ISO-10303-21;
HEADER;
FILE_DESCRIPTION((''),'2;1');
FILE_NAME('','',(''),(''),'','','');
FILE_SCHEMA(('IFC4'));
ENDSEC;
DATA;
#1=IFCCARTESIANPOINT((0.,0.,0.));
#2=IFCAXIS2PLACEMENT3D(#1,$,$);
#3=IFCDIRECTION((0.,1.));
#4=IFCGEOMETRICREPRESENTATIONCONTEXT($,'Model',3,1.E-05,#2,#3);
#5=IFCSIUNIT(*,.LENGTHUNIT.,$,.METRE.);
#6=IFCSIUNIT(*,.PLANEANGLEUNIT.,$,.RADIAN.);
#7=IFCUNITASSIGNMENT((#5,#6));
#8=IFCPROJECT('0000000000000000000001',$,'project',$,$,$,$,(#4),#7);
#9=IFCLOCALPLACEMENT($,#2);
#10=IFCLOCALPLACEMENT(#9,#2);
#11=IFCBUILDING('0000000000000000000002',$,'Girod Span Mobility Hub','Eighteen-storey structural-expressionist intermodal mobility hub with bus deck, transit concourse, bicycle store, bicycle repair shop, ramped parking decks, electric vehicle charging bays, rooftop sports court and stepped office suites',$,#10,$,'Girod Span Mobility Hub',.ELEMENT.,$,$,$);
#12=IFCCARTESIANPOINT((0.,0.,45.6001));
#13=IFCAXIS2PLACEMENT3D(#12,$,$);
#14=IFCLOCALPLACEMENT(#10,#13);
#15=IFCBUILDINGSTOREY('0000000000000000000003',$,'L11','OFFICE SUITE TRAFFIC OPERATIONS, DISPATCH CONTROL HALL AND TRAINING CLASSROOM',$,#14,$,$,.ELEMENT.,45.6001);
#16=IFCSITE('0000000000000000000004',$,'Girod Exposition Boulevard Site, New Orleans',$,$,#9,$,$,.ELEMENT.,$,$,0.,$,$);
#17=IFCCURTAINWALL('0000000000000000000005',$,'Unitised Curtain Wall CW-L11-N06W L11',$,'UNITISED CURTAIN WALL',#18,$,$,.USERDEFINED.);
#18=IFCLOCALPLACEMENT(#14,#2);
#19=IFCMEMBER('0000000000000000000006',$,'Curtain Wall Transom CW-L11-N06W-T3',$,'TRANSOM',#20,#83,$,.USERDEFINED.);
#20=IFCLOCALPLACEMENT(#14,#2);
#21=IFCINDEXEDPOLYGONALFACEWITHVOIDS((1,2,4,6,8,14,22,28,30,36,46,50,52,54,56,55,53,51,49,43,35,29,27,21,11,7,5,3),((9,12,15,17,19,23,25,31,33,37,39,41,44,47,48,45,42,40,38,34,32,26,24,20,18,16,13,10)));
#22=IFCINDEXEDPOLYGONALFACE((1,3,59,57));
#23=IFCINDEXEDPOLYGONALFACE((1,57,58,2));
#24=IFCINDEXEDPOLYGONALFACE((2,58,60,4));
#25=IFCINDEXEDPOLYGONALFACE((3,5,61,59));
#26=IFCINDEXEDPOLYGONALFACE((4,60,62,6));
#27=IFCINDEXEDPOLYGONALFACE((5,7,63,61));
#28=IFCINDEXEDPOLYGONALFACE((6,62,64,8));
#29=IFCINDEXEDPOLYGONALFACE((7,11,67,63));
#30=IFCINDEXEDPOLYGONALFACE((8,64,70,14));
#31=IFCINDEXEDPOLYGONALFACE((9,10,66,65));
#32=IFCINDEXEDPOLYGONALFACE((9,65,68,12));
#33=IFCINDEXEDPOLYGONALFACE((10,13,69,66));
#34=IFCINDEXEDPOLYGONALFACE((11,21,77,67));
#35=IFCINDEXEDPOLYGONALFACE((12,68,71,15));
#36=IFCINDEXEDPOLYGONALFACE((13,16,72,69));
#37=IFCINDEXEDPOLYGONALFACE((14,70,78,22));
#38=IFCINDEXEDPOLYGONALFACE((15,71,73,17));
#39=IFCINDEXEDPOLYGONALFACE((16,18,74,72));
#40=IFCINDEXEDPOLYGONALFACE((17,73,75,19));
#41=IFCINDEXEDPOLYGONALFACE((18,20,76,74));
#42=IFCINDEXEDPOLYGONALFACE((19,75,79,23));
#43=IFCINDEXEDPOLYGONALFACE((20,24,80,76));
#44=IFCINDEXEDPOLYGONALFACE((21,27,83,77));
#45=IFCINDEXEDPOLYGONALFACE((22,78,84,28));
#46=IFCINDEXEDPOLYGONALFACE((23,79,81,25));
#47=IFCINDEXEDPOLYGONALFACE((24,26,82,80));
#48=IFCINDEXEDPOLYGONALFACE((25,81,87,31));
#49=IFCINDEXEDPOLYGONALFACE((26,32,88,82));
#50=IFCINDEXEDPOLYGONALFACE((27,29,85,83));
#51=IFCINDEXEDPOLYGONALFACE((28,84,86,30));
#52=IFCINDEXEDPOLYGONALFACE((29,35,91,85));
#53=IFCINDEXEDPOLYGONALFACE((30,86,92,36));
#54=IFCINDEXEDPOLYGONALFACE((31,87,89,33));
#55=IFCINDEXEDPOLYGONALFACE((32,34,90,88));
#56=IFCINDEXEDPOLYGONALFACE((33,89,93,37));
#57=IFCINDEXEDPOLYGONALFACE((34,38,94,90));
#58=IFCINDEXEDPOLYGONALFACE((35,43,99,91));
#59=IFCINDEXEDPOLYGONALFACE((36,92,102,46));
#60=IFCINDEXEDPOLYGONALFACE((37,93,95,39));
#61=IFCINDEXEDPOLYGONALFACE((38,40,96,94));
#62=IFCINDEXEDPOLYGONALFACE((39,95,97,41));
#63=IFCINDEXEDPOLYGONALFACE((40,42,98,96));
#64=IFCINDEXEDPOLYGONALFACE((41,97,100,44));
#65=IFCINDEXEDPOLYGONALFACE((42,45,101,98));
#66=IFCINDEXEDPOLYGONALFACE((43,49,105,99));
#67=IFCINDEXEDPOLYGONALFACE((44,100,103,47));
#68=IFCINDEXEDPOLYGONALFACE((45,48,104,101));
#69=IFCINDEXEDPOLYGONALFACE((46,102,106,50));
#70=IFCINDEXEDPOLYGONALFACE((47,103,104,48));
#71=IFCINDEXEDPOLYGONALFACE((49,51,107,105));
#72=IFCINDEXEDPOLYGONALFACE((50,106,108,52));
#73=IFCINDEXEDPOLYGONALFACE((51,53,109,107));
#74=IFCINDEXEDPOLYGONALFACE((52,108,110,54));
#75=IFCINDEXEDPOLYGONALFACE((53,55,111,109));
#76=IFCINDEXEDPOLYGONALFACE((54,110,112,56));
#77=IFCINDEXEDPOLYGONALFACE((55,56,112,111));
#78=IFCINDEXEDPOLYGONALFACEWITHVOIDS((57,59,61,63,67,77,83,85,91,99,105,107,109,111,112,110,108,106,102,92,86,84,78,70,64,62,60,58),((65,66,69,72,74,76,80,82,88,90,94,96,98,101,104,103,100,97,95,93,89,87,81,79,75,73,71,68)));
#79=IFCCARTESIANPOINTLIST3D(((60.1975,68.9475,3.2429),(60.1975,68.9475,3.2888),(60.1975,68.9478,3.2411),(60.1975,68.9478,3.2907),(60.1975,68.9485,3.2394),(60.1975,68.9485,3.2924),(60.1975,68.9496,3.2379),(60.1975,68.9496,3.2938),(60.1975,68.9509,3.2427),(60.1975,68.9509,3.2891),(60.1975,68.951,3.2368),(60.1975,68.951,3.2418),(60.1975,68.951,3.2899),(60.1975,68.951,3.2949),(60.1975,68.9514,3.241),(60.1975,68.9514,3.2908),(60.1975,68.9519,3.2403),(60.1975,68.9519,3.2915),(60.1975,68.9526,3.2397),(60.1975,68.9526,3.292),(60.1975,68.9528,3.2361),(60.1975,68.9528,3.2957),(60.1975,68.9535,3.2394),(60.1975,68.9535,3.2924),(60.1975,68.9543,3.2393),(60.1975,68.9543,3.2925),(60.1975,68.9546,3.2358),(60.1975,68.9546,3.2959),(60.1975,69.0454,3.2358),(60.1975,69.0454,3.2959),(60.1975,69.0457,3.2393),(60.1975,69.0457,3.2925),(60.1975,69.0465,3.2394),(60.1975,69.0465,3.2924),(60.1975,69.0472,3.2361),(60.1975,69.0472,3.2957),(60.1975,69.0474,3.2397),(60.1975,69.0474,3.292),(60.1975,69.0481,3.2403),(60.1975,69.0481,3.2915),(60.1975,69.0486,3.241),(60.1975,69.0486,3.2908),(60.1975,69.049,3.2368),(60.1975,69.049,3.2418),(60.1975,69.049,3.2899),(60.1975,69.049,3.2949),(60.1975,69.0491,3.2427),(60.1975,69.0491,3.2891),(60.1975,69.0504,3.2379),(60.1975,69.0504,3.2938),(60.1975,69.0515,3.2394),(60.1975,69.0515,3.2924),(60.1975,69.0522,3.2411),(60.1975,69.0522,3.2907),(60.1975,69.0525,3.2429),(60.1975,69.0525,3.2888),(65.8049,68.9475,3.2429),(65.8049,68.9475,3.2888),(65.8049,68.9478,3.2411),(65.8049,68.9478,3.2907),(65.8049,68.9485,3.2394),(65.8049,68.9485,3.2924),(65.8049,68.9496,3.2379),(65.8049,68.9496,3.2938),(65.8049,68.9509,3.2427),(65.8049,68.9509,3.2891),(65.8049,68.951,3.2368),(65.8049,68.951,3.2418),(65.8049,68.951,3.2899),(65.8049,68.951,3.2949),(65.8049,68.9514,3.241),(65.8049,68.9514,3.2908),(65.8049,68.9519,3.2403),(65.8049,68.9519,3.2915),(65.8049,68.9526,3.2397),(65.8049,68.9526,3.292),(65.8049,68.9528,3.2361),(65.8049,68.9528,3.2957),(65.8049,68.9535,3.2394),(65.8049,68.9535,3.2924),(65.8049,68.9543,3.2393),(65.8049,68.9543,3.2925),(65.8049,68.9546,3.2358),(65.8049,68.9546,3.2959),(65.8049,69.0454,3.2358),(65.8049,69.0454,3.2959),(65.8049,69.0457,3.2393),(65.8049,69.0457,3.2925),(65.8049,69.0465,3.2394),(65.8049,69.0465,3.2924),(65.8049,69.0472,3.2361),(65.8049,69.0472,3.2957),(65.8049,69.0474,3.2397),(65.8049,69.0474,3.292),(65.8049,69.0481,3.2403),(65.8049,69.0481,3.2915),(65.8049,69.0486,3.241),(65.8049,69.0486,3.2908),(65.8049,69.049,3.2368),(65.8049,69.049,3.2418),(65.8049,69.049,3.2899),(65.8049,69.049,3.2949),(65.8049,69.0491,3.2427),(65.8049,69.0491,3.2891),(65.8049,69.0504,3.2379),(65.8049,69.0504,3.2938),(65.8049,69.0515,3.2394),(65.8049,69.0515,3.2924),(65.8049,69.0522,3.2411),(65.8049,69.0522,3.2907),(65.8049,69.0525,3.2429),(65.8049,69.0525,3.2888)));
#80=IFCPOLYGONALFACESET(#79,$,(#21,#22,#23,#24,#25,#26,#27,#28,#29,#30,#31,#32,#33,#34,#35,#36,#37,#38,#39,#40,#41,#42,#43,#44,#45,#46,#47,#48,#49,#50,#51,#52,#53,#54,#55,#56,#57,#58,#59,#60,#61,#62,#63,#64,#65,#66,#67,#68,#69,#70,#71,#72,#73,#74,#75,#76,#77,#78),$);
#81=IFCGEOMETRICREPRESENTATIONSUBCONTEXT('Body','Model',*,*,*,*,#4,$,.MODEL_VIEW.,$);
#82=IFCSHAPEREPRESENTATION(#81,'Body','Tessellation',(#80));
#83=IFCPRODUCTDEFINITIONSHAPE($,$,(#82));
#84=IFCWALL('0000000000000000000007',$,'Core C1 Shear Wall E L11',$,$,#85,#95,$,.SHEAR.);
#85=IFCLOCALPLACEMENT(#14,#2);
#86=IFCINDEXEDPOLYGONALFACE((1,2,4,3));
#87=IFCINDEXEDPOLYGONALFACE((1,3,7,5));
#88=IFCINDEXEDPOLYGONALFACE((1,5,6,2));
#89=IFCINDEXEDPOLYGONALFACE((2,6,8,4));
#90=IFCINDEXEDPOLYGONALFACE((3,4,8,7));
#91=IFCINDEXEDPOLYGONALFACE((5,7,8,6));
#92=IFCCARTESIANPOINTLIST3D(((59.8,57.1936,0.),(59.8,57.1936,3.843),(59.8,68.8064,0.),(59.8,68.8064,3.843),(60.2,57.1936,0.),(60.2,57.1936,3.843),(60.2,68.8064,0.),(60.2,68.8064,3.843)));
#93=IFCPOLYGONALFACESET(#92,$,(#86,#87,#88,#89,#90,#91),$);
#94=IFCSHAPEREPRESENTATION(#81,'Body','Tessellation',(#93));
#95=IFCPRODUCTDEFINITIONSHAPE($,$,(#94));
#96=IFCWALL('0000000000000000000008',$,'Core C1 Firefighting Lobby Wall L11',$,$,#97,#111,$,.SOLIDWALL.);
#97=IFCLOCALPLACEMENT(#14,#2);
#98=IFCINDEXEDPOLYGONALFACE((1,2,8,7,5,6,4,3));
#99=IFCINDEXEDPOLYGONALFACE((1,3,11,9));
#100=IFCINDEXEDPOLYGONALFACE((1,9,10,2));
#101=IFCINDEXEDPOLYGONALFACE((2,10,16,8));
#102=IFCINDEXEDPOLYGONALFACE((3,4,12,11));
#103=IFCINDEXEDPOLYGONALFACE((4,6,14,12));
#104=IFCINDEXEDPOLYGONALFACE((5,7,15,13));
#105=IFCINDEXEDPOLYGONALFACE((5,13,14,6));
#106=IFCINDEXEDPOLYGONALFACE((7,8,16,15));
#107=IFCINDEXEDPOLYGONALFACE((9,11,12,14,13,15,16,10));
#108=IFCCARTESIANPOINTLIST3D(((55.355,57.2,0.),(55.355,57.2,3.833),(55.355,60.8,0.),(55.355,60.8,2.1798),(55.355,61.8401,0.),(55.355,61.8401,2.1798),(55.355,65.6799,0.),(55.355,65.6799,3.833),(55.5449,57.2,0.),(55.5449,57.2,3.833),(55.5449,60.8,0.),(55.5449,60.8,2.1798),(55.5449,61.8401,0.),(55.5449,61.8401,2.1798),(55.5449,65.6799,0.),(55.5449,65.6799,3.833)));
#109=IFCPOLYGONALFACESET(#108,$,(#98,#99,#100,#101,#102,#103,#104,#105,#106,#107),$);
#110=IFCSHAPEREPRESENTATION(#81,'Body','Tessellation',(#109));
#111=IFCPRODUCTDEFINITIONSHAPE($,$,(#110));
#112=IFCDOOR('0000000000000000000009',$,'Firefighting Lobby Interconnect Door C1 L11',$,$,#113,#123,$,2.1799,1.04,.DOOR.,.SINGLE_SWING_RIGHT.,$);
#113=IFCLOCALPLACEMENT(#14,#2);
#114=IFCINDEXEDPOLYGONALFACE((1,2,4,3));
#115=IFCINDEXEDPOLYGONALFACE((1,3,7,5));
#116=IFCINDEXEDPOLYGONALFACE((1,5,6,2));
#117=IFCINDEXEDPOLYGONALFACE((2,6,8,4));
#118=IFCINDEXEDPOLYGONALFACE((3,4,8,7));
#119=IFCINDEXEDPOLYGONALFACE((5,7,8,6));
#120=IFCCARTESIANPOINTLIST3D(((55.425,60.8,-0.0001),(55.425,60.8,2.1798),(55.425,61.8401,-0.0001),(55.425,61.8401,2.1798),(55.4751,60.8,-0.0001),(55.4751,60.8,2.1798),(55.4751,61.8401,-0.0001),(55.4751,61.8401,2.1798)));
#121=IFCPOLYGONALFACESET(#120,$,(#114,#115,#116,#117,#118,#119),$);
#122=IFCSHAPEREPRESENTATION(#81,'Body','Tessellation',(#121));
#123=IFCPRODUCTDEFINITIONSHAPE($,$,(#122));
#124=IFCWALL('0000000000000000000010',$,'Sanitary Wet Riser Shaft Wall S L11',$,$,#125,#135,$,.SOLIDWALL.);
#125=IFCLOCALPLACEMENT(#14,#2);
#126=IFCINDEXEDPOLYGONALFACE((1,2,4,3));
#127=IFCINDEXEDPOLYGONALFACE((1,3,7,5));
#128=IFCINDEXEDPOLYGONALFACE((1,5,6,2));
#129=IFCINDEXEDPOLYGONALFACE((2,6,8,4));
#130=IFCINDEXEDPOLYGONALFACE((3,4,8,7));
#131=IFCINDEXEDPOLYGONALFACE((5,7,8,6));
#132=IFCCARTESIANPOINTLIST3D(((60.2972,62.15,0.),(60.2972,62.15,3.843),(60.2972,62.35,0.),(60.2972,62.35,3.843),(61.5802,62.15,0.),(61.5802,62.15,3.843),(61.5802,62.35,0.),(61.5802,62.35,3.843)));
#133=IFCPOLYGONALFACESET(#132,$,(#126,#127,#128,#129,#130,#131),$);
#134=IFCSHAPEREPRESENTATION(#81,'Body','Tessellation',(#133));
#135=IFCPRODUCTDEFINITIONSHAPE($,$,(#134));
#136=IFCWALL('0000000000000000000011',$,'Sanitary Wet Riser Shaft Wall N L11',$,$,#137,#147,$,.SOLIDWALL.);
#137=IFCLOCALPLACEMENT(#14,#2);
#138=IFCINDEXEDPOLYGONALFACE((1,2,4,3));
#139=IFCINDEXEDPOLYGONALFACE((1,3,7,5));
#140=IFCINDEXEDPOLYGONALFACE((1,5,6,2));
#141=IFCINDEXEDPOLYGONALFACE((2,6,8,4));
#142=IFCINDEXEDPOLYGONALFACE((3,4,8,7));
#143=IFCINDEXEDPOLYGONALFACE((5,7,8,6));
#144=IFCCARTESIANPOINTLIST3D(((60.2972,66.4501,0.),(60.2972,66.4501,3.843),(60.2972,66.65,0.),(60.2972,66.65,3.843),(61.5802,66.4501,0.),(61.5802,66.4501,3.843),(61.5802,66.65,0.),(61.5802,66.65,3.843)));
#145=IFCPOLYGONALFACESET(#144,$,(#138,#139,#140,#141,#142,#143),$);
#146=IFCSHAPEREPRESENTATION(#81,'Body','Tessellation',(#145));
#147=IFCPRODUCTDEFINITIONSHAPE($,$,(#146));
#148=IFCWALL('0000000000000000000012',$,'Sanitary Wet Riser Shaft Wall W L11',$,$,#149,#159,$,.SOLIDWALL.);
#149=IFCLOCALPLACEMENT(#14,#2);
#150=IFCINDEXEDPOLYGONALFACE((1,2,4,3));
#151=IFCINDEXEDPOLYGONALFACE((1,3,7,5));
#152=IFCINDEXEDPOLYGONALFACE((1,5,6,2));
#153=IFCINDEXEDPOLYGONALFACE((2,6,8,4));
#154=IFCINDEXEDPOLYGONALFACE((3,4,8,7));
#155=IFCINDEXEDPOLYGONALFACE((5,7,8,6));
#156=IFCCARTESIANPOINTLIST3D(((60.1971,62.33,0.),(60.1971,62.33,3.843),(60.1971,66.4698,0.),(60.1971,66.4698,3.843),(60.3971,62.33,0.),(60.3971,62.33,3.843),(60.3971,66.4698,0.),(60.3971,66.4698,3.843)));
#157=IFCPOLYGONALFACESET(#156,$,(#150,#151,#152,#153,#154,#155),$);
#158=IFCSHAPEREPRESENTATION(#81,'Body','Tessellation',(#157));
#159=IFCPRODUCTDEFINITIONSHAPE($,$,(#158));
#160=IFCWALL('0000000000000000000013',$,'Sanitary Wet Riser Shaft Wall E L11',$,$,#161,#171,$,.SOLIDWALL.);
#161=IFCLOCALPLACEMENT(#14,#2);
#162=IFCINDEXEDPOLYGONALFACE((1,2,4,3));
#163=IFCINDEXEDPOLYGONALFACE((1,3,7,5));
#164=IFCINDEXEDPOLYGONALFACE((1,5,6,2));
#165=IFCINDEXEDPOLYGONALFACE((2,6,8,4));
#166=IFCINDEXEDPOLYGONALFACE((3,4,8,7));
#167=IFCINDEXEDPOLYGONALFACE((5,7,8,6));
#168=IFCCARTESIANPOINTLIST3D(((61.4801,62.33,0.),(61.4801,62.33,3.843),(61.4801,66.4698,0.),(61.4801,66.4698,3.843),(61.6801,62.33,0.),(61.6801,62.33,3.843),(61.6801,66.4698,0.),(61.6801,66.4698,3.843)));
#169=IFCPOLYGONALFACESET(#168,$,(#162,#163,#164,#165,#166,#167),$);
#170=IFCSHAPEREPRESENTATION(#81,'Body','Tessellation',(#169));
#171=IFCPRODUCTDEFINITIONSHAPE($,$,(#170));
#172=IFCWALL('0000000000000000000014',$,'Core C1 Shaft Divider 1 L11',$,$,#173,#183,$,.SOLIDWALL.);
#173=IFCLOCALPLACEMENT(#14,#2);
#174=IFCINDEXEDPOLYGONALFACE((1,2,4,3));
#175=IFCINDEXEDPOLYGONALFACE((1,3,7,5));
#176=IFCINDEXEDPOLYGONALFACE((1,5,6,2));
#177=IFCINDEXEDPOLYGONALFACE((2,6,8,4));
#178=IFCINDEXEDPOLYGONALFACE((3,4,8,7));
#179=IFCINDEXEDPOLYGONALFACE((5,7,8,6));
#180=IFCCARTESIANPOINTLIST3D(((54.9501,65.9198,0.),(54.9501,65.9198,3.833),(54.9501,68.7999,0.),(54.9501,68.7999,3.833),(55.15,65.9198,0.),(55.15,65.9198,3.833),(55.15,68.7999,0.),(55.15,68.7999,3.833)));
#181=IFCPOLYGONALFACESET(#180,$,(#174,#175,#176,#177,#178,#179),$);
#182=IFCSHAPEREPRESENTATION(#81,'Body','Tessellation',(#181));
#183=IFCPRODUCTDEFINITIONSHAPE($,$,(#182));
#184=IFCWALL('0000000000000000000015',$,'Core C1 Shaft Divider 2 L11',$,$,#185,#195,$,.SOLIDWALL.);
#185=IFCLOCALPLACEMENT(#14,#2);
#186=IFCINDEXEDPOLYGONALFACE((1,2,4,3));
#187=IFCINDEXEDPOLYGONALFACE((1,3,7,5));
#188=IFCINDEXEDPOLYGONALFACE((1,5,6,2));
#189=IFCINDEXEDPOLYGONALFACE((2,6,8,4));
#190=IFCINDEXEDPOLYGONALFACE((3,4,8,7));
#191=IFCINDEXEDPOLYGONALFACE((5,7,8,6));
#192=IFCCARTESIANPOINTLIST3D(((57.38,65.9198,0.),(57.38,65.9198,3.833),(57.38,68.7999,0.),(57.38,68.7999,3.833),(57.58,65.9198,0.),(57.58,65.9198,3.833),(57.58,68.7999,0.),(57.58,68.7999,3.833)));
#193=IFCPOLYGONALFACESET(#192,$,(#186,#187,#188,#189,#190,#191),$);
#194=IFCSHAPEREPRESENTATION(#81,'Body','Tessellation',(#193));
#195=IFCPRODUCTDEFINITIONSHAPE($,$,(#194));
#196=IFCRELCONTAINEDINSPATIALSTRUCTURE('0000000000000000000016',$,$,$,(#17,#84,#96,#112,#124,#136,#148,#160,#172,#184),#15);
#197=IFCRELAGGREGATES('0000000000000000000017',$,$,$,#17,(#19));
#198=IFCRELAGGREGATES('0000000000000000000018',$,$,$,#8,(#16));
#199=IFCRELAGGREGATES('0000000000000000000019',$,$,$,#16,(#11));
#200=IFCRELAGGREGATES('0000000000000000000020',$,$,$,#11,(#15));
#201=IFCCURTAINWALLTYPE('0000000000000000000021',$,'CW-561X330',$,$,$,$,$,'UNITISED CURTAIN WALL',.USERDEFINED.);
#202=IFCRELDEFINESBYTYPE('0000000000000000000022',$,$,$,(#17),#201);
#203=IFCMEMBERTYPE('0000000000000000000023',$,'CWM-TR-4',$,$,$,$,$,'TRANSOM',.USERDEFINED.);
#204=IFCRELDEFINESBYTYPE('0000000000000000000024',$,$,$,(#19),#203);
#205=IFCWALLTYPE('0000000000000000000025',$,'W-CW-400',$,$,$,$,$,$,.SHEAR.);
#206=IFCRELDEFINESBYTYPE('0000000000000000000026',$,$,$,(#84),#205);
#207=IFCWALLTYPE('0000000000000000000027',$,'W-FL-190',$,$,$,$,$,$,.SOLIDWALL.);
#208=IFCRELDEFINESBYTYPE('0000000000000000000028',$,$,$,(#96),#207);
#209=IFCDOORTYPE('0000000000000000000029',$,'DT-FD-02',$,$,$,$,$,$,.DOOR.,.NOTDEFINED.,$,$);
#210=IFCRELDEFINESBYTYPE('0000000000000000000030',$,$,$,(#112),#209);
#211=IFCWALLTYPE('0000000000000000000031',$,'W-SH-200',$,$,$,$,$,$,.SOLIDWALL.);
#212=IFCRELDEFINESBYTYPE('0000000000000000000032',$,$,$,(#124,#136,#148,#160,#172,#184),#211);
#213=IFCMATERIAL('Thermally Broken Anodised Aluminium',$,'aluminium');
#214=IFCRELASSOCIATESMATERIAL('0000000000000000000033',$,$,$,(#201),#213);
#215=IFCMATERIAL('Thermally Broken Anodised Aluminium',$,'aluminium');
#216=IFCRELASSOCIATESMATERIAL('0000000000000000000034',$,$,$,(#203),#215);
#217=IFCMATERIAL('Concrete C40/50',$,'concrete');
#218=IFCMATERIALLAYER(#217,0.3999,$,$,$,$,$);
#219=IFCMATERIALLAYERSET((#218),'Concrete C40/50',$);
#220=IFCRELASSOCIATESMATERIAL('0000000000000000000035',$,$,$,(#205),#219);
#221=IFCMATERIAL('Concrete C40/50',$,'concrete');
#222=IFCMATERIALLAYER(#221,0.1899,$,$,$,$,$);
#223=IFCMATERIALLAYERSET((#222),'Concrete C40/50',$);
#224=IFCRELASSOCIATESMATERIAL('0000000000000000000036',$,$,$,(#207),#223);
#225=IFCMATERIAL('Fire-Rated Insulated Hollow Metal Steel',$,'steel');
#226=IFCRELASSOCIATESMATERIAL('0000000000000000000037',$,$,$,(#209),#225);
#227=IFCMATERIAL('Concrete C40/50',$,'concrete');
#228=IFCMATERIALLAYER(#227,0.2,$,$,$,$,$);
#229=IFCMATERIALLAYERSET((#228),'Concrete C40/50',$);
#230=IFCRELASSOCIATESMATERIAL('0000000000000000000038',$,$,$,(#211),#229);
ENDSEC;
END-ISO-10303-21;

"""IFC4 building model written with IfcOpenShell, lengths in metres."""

from ifc_helpers import new_model, si_unit, direction, frame, frame_2d, origin, origin_2d, place, context, subcontext, project, spatial, rectangle, hollow_rectangle, extrude, material, layer, layer_set, material_profile, profile_set, type_object, element, fill, aggregate, save


model = new_model("IFC4")

# Units and contexts
model_context = context("Model", 3, precision=1e-05, world=origin(), true_north=direction((0.0, 1.0)))
body_context = subcontext(model_context, "Body", "Model", "MODEL_VIEW")
ifc_project = project(units=[si_unit("LENGTHUNIT", "METRE"), si_unit("PLANEANGLEUNIT", "RADIAN")], contexts=[model_context])

# Site, building, storey
site_placement = place(None, origin())
site = spatial("IfcSite", under=ifc_project, at=site_placement, Name="Girod Exposition Boulevard Site, New Orleans", CompositionType="ELEMENT", RefElevation=0.0)
building_placement = place(site_placement, origin())
building = spatial("IfcBuilding", under=site, at=building_placement, Name="Girod Span Mobility Hub", Description="Eighteen-storey structural-expressionist intermodal mobility hub with bus deck, transit concourse, bicycle store, bicycle repair shop, ramped parking decks, electric vehicle charging bays, rooftop sports court and stepped office suites", LongName="Girod Span Mobility Hub", CompositionType="ELEMENT")
storey_placement = place(building_placement, frame((0.0, 0.0, 45.6001)))
storey = spatial("IfcBuildingStorey", under=building, at=storey_placement, Name="L11", Description="OFFICE SUITE TRAFFIC OPERATIONS, DISPATCH CONTROL HALL AND TRAINING CLASSROOM", CompositionType="ELEMENT", Elevation=45.6001)

# Curtain wall, member
ifc_material_1 = material(Name="Thermally Broken Anodised Aluminium", Category="aluminium")
curtain_wall_type = type_object("IfcCurtainWallType", Name="CW-561X330", ElementType="UNITISED CURTAIN WALL", PredefinedType="USERDEFINED", material=ifc_material_1)
curtain_wall_placement = place(storey_placement, origin())
curtain_wall = element("IfcCurtainWall", 1, at=curtain_wall_placement, inside=storey, type_object=curtain_wall_type, Name="Unitised Curtain Wall CW-L11-N06W L11", ObjectType="UNITISED CURTAIN WALL", PredefinedType="USERDEFINED")
ifc_material_2 = material(Name="Thermally Broken Anodised Aluminium", Category="aluminium")
ifc_material_profile_1 = material_profile(ifc_material_2, hollow_rectangle(XDim=0.105, YDim=0.0601, WallThickness=0.0034, InnerFilletRadius=0.0034, OuterFilletRadius=0.0071, at=origin_2d()), Name="CW-TR-60X105")
ifc_profile_set_1 = profile_set([ifc_material_profile_1], Name="Thermally Broken Anodised Aluminium")
member_type_1 = type_object("IfcMemberType", Name="CWM-TR-4", ElementType="TRANSOM", PredefinedType="USERDEFINED", material=ifc_profile_set_1)
member_1_placement = place(storey_placement, frame((60.1975, 69.0, 3.2659), z_axis=(1.0, 0.0, 0.0), x_axis=(0.0, 1.0, 0.0)))
member_1 = element("IfcMember", 2, at=member_1_placement, type_object=member_type_1, Name="Curtain Wall Transom CW-L11-N06W-T3", ObjectType="TRANSOM", PredefinedType="USERDEFINED", context=body_context, shape_type="SweptSolid", body=[
    extrude(hollow_rectangle(XDim=0.105, YDim=0.0601, WallThickness=0.0034, InnerFilletRadius=0.0034, OuterFilletRadius=0.0071, at=origin_2d()), origin(), (0.0, 0.0, 1.0), 5.6074),
])
aggregate(curtain_wall, [member_1])

# Wall
ifc_material_3 = material(Name="Concrete C40/50", Category="concrete")
ifc_layer_1 = layer(ifc_material_3, 0.3999)
ifc_layer_set_1 = layer_set([ifc_layer_1], Name="Concrete C40/50")
wall_type_1 = type_object("IfcWallType", Name="W-CW-400", PredefinedType="SHEAR", material=ifc_layer_set_1)
wall_1_placement = place(storey_placement, frame((60.0, 57.1936, 0.0), z_axis=(0.0, 0.0, 1.0), x_axis=(0.0, 1.0, 0.0)))
element("IfcWall", 3, at=wall_1_placement, inside=storey, type_object=wall_type_1, Name="Core C1 Shear Wall E L11", PredefinedType="SHEAR", context=body_context, shape_type="SweptSolid", body=[
    extrude(rectangle(XDim=11.6128, YDim=0.3999, at=frame_2d((5.8064, 0.0))), origin(), (0.0, 0.0, 1.0), 3.843),
])

# Wall, opening, door
ifc_material_4 = material(Name="Concrete C40/50", Category="concrete")
ifc_layer_2 = layer(ifc_material_4, 0.1899)
ifc_layer_set_2 = layer_set([ifc_layer_2], Name="Concrete C40/50")
wall_type_2 = type_object("IfcWallType", Name="W-FL-190", PredefinedType="SOLIDWALL", material=ifc_layer_set_2)
wall_2_placement = place(storey_placement, frame((55.45, 57.2, 0.0), z_axis=(0.0, 0.0, 1.0), x_axis=(0.0, 1.0, 0.0)))
wall_2 = element("IfcWall", 4, at=wall_2_placement, inside=storey, type_object=wall_type_2, Name="Core C1 Firefighting Lobby Wall L11", PredefinedType="SOLIDWALL", context=body_context, shape_type="SweptSolid", body=[
    extrude(rectangle(XDim=8.48, YDim=0.1899, at=frame_2d((4.24, 0.0))), origin(), (0.0, 0.0, 1.0), 3.833),
])
opening_1_placement = place(wall_2_placement, frame((3.6001, 0.0, 0.0)))
opening_1 = element("IfcOpeningElement", 5, at=opening_1_placement, cuts=wall_2, PredefinedType="OPENING", context=body_context, shape_type="SweptSolid", body=[
    extrude(rectangle(XDim=1.04, YDim=2.1799, at=frame_2d((0.52, 1.0898))), frame((0.0, 0.1099, 0.0), z_axis=(0.0, -1.0, 0.0), x_axis=(1.0, 0.0, 0.0)), (0.0, 0.0, 1.0), 0.22),
])
ifc_material_5 = material(Name="Fire-Rated Insulated Hollow Metal Steel", Category="steel")
door_type_1 = type_object("IfcDoorType", Name="DT-FD-02", OperationType="NOTDEFINED", PredefinedType="DOOR", material=ifc_material_5)
door_1_placement = place(opening_1_placement, origin())
door_1 = element("IfcDoor", 6, at=door_1_placement, inside=storey, type_object=door_type_1, Name="Firefighting Lobby Interconnect Door C1 L11", OperationType="SINGLE_SWING_RIGHT", OverallHeight=2.1799, OverallWidth=1.04, PredefinedType="DOOR", context=body_context, shape_type="SweptSolid", body=[
    extrude(rectangle(XDim=1.04, YDim=2.1799, at=frame_2d((0.52, 1.0898))), frame((0.0, 0.0249, 0.0), z_axis=(0.0, -1.0, 0.0), x_axis=(1.0, 0.0, 0.0)), (0.0, 0.0, 1.0), 0.05),
])
fill(opening_1, door_1)

# Walls
ifc_material_6 = material(Name="Concrete C40/50", Category="concrete")
ifc_layer_3 = layer(ifc_material_6, 0.2)
ifc_layer_set_3 = layer_set([ifc_layer_3], Name="Concrete C40/50")
wall_type_3 = type_object("IfcWallType", Name="W-SH-200", PredefinedType="SOLIDWALL", material=ifc_layer_set_3)
for number, where, z_axis, x_axis, name in (
    (7, (60.2971, 62.25, 0.0), (0.0, 0.0, 1.0), (1.0, 0.0, 0.0), "Sanitary Wet Riser Shaft Wall S L11"),
    (8, (60.2971, 66.55, 0.0), (0.0, 0.0, 1.0), (1.0, 0.0, 0.0), "Sanitary Wet Riser Shaft Wall N L11"),
):
    element("IfcWall", number, at=place(storey_placement, frame(where, z_axis=z_axis, x_axis=x_axis)), inside=storey, type_object=wall_type_3, Name=name, PredefinedType="SOLIDWALL", context=body_context, shape_type="SweptSolid", body=[
        extrude(rectangle(XDim=1.283, YDim=0.2, at=frame_2d((0.6416, 0.0))), origin(), (0.0, 0.0, 1.0), 3.843),
    ])
for number, where, z_axis, x_axis, name in (
    (9, (60.2971, 62.3301, 0.0), (0.0, 0.0, 1.0), (0.0, 1.0, 0.0), "Sanitary Wet Riser Shaft Wall W L11"),
    (10, (61.5801, 62.3301, 0.0), (0.0, 0.0, 1.0), (0.0, 1.0, 0.0), "Sanitary Wet Riser Shaft Wall E L11"),
):
    element("IfcWall", number, at=place(storey_placement, frame(where, z_axis=z_axis, x_axis=x_axis)), inside=storey, type_object=wall_type_3, Name=name, PredefinedType="SOLIDWALL", context=body_context, shape_type="SweptSolid", body=[
        extrude(rectangle(XDim=4.1399, YDim=0.2, at=frame_2d((2.0698, 0.0))), origin(), (0.0, 0.0, 1.0), 3.843),
    ])
for number, where, z_axis, x_axis, name in (
    (11, (55.05, 65.9199, 0.0), (0.0, 0.0, 1.0), (0.0, 1.0, 0.0), "Core C1 Shaft Divider 1 L11"),
    (12, (57.48, 65.9199, 0.0), (0.0, 0.0, 1.0), (0.0, 1.0, 0.0), "Core C1 Shaft Divider 2 L11"),
):
    element("IfcWall", number, at=place(storey_placement, frame(where, z_axis=z_axis, x_axis=x_axis)), inside=storey, type_object=wall_type_3, Name=name, PredefinedType="SOLIDWALL", context=body_context, shape_type="SweptSolid", body=[
        extrude(rectangle(XDim=2.8801, YDim=0.2, at=frame_2d((1.4399, 0.0))), origin(), (0.0, 0.0, 1.0), 3.833),
    ])

save(model, "model.ifc")
